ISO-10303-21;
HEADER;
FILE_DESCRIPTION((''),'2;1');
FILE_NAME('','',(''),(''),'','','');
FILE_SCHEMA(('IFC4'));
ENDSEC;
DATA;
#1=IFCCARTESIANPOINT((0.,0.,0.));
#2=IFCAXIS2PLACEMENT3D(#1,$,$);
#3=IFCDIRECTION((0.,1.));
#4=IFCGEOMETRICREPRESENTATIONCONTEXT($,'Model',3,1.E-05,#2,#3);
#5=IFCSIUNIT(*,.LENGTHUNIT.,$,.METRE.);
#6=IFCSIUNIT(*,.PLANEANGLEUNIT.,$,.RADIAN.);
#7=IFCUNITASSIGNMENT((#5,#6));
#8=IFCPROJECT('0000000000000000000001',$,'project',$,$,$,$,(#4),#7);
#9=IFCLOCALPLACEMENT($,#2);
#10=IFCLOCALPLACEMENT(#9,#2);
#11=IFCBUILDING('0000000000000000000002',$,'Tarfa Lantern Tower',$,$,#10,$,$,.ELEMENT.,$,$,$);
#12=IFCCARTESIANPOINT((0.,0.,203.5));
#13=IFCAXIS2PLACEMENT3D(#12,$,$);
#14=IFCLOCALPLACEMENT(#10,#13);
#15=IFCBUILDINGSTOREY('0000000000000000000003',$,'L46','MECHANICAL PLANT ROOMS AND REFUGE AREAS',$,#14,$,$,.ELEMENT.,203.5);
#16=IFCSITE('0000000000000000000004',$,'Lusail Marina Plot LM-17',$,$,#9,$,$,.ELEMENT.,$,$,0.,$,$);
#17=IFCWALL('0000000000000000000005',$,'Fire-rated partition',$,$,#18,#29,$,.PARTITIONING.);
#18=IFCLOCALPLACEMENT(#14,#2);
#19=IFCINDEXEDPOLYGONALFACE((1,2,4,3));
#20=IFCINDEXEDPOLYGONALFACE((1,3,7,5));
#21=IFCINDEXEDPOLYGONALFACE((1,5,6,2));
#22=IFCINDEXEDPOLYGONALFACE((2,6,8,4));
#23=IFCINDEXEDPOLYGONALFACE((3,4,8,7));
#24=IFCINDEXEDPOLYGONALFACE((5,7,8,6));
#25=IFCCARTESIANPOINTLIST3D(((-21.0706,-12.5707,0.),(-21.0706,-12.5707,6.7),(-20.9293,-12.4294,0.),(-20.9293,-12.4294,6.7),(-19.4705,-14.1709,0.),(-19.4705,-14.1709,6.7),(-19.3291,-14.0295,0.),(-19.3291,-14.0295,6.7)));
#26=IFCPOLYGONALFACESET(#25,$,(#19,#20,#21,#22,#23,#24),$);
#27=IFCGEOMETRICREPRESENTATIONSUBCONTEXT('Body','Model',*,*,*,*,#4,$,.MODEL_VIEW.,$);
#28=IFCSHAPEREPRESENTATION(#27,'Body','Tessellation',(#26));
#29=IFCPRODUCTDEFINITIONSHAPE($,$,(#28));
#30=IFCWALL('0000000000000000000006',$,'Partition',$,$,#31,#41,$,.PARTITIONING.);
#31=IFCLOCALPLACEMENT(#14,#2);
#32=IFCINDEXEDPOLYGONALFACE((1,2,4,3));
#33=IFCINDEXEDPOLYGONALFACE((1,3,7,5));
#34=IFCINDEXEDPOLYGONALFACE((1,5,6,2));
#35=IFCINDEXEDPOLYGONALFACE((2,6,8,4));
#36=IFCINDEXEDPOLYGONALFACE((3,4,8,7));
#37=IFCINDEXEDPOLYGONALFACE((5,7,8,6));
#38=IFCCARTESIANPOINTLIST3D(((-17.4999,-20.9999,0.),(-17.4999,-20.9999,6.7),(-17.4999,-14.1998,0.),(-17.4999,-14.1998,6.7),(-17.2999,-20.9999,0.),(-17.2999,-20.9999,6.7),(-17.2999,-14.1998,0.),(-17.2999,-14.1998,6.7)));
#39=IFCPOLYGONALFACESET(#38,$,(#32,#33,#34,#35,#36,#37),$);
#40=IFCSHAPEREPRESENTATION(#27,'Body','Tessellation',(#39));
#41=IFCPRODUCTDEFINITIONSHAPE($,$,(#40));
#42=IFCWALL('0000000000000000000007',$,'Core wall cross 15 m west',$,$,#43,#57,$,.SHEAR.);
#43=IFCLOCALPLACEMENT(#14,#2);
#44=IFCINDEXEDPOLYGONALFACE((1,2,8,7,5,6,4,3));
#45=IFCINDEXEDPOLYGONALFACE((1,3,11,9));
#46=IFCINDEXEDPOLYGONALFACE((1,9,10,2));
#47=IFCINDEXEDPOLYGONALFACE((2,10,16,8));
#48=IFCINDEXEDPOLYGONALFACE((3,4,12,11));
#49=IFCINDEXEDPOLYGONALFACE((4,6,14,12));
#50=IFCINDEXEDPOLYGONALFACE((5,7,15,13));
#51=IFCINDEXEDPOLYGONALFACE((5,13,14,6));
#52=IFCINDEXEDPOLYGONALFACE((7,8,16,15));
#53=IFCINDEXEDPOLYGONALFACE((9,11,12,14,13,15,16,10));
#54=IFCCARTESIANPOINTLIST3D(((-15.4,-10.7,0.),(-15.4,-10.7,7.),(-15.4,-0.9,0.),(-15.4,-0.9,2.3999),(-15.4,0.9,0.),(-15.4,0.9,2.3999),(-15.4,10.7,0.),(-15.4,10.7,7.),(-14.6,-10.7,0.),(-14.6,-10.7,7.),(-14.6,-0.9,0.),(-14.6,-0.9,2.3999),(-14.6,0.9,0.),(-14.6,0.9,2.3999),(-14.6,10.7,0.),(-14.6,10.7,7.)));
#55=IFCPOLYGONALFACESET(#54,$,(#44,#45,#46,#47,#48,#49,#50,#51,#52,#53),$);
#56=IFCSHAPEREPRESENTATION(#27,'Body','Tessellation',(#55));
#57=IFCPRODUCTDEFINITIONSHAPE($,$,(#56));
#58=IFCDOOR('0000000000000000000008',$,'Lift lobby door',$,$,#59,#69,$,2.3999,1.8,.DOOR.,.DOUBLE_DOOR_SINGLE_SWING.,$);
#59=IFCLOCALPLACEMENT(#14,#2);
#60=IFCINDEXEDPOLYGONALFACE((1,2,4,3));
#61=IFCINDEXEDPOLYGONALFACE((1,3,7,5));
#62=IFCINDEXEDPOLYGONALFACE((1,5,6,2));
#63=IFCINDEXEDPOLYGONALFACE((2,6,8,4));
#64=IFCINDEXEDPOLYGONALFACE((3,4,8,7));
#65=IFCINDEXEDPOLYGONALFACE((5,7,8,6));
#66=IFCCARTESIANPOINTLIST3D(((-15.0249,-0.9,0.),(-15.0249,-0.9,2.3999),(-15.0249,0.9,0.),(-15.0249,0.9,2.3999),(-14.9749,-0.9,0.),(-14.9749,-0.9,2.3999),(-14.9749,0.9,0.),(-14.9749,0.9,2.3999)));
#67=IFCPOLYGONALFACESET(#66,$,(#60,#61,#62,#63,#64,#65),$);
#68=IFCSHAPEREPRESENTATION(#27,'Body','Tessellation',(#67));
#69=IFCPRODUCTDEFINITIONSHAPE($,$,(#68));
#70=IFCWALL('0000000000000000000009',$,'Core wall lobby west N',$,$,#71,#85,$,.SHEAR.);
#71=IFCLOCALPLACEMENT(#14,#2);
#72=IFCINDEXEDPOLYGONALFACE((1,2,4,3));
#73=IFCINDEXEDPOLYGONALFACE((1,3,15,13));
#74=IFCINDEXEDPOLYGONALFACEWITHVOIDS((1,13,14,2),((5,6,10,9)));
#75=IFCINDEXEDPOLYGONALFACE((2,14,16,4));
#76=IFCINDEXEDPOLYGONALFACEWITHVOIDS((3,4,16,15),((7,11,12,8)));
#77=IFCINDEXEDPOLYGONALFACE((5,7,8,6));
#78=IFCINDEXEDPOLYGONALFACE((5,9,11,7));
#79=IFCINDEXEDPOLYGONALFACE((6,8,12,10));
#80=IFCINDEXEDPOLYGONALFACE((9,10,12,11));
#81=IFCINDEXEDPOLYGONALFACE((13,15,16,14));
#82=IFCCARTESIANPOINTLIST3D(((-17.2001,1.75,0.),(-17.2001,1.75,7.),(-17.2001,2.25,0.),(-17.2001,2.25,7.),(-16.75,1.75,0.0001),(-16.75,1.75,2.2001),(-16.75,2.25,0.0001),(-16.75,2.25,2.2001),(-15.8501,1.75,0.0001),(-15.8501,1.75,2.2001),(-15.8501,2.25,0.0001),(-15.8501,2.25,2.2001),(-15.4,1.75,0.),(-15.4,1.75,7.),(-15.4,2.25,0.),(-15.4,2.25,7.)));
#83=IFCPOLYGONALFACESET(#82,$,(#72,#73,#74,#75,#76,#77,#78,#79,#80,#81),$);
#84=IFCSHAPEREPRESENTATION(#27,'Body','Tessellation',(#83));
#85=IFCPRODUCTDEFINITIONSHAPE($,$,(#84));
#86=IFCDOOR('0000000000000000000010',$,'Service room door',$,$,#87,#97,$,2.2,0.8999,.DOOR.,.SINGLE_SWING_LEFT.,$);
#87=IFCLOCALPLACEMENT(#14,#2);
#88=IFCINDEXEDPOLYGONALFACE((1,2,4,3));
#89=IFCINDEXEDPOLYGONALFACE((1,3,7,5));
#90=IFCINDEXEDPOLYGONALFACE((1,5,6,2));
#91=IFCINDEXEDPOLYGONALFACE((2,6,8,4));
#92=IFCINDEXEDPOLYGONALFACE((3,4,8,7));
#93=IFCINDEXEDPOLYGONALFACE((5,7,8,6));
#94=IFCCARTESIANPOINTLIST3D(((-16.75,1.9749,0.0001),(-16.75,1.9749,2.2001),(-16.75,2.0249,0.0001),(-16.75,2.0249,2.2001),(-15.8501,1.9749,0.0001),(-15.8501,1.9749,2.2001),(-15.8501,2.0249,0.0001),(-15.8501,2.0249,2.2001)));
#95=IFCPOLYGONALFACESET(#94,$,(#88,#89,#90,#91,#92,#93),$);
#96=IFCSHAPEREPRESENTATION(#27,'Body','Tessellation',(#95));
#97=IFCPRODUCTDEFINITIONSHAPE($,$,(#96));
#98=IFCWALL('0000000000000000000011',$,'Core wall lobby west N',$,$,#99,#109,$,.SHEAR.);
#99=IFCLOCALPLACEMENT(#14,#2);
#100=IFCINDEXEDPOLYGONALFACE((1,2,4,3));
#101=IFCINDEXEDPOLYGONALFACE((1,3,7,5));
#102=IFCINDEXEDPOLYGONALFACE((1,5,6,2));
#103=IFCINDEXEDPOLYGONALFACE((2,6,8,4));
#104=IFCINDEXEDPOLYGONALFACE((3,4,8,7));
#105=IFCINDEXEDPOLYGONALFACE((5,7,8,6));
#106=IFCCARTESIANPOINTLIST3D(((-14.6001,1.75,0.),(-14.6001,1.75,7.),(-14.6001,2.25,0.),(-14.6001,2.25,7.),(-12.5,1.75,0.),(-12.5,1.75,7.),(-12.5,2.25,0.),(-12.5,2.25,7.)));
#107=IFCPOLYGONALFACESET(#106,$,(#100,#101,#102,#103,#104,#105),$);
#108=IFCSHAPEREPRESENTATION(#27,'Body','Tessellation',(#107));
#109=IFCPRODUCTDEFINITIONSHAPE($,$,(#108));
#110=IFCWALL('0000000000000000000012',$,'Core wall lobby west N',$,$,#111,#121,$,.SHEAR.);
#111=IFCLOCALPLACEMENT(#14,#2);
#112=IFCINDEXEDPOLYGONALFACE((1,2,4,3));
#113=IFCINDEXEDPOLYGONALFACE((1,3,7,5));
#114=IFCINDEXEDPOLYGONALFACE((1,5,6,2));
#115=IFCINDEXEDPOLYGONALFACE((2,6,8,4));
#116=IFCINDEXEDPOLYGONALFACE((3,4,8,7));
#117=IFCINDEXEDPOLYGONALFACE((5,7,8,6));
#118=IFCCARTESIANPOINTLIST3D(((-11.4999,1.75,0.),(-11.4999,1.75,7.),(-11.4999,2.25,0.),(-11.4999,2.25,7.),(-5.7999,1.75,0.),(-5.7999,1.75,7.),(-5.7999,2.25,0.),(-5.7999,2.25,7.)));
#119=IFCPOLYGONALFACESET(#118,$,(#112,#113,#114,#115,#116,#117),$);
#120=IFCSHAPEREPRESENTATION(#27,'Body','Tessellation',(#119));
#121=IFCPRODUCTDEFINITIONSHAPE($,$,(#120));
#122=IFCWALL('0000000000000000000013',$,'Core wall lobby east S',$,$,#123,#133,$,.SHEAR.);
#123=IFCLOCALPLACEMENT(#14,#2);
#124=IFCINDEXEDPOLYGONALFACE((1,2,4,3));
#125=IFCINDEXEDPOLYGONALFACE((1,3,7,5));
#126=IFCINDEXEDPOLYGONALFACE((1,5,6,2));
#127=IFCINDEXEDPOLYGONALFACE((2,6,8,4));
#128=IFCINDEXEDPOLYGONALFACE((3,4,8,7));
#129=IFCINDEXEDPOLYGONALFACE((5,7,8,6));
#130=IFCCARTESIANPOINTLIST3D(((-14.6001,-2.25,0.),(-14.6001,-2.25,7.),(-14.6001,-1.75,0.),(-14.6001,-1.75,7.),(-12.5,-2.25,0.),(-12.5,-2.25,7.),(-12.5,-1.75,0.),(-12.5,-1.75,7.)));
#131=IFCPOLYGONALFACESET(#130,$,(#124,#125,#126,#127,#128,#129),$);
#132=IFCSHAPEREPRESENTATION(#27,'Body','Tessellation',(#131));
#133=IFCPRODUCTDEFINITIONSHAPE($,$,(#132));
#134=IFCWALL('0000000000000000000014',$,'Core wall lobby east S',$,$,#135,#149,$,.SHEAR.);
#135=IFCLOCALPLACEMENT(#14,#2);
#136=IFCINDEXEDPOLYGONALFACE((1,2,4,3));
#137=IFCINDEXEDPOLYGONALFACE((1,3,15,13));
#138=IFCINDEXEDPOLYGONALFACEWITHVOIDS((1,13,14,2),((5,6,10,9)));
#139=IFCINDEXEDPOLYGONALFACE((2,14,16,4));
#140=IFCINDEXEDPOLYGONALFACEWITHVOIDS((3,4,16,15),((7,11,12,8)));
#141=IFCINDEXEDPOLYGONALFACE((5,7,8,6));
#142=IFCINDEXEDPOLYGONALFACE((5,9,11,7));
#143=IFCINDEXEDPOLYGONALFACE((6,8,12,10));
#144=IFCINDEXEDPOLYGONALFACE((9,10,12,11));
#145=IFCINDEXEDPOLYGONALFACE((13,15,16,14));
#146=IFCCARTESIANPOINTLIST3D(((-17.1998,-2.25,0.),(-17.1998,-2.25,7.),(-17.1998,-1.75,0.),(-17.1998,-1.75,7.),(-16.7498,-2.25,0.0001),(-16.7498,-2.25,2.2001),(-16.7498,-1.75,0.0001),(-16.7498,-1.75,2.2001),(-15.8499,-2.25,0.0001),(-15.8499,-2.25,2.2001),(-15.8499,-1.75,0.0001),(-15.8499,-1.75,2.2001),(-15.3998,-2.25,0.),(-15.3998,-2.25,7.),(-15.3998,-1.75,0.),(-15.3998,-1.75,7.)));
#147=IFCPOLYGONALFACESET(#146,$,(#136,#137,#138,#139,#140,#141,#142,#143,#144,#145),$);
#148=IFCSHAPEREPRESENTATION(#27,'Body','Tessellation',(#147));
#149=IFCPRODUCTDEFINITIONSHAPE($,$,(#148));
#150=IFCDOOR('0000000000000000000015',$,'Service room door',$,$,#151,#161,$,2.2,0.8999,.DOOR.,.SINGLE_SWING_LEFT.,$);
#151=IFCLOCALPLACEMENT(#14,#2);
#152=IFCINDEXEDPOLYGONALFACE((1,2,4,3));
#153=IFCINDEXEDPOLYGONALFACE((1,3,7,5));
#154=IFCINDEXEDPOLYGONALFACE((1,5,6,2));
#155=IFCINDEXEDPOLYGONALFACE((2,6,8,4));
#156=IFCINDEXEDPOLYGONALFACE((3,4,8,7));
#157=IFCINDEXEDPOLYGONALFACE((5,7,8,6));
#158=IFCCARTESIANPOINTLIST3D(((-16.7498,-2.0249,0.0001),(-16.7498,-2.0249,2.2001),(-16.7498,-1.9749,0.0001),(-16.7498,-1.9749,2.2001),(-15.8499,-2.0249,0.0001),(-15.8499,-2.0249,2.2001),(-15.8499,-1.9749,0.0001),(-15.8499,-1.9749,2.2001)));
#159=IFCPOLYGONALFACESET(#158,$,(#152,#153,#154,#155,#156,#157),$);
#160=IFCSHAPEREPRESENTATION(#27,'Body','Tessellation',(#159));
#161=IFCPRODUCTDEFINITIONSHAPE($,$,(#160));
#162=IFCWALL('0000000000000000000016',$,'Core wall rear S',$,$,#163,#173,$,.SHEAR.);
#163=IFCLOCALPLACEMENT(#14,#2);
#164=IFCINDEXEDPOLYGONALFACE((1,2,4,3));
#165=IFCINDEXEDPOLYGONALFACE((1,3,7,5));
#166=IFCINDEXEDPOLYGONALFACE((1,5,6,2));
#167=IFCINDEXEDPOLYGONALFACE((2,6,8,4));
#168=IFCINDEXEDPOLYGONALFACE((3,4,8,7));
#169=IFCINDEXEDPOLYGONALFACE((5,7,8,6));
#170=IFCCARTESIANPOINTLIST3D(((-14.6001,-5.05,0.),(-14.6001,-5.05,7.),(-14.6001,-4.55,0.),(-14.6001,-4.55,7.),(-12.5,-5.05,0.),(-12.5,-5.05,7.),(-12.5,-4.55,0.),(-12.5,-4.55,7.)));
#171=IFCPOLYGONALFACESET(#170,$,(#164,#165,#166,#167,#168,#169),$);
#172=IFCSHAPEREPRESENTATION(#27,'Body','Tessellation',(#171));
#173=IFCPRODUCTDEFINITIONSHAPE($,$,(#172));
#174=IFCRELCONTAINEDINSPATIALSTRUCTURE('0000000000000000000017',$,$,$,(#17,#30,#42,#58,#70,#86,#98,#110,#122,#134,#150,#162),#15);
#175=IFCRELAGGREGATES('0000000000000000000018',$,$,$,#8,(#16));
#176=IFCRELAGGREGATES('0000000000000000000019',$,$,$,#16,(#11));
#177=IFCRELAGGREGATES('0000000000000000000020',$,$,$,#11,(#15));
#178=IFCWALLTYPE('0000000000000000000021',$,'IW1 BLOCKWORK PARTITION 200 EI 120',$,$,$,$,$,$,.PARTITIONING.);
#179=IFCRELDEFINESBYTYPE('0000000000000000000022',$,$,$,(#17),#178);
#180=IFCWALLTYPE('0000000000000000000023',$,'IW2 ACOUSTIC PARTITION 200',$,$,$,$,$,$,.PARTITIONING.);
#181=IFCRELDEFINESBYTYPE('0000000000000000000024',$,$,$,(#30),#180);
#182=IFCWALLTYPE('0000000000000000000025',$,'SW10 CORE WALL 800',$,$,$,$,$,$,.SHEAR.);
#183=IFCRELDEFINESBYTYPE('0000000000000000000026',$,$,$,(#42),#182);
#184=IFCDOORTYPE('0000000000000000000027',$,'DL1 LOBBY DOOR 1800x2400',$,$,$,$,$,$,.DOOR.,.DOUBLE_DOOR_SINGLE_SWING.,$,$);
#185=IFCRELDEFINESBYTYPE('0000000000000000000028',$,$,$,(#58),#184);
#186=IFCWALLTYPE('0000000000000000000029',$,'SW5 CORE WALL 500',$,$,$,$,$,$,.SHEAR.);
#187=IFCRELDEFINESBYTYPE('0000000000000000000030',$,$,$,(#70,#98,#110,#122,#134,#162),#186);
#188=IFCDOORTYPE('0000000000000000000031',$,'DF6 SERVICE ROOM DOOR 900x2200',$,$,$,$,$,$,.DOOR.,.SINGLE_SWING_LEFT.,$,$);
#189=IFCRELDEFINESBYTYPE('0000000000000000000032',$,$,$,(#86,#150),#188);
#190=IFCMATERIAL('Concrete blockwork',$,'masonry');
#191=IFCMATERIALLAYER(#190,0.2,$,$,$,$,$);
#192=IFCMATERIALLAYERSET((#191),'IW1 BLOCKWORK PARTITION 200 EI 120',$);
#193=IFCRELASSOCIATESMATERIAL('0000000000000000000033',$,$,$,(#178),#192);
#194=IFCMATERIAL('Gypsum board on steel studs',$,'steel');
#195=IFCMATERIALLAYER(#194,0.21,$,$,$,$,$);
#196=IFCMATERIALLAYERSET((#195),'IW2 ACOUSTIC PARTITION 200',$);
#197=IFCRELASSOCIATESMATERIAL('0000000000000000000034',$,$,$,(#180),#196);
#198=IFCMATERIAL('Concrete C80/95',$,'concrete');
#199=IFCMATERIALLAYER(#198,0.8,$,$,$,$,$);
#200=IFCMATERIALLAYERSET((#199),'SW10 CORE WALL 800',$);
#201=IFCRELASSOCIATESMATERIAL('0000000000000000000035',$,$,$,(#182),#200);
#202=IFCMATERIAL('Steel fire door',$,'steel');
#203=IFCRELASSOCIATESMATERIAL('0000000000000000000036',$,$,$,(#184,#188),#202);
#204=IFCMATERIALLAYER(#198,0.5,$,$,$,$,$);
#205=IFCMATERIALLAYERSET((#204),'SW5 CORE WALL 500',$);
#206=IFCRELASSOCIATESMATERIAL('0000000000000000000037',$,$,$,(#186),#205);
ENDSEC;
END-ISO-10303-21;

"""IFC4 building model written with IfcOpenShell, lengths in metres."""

from ifc_helpers import new_model, si_unit, direction, frame, frame_2d, origin, place, context, subcontext, project, spatial, rectangle, extrude, material, layer, layer_set, type_object, element, fill, save


model = new_model("IFC4")

# Units and contexts
model_context = context("Model", 3, precision=1e-05, world=origin(), true_north=direction((0.0, 1.0)))
body_context = subcontext(model_context, "Body", "Model", "MODEL_VIEW")
ifc_project = project(units=[si_unit("LENGTHUNIT", "METRE"), si_unit("PLANEANGLEUNIT", "RADIAN")], contexts=[model_context])

# Site, building, storey
site_placement = place(None, origin())
site = spatial("IfcSite", under=ifc_project, at=site_placement, Name="Lusail Marina Plot LM-17", CompositionType="ELEMENT", RefElevation=0.0)
building_placement = place(site_placement, origin())
building = spatial("IfcBuilding", under=site, at=building_placement, Name="Tarfa Lantern Tower", CompositionType="ELEMENT")
storey_placement = place(building_placement, frame((0.0, 0.0, 203.5)))
storey = spatial("IfcBuildingStorey", under=building, at=storey_placement, Name="L46", Description="MECHANICAL PLANT ROOMS AND REFUGE AREAS", CompositionType="ELEMENT", Elevation=203.5)

# Shared definitions
ifc_material_1 = material(Name="Concrete C80/95", Category="concrete")

# Walls
ifc_material_2 = material(Name="Concrete blockwork", Category="masonry")
ifc_layer_1 = layer(ifc_material_2, 0.2)
ifc_layer_set_1 = layer_set([ifc_layer_1], Name="IW1 BLOCKWORK PARTITION 200 EI 120")
wall_type_1 = type_object("IfcWallType", Name="IW1 BLOCKWORK PARTITION 200 EI 120", PredefinedType="PARTITIONING", material=ifc_layer_set_1)
wall_1_placement = place(storey_placement, frame((-19.3999, -14.1001, 0.0), z_axis=(0.0, 0.0, 1.0), x_axis=(-0.707107, 0.707107, 0.0)))
element("IfcWall", 1, at=wall_1_placement, inside=storey, type_object=wall_type_1, Name="Fire-rated partition", PredefinedType="PARTITIONING", context=body_context, shape_type="SweptSolid", body=[
    extrude(rectangle(XDim=2.2629, YDim=0.2, at=frame_2d((1.1313, 0.0))), origin(), (0.0, 0.0, 1.0), 6.7),
])
ifc_material_3 = material(Name="Gypsum board on steel studs", Category="steel")
ifc_layer_2 = layer(ifc_material_3, 0.21)
ifc_layer_set_2 = layer_set([ifc_layer_2], Name="IW2 ACOUSTIC PARTITION 200")
wall_type_2 = type_object("IfcWallType", Name="IW2 ACOUSTIC PARTITION 200", PredefinedType="PARTITIONING", material=ifc_layer_set_2)
wall_2_placement = place(storey_placement, frame((-17.3999, -14.2, 0.0), z_axis=(0.0, 0.0, 1.0), x_axis=(0.0, -1.0, 0.0)))
element("IfcWall", 2, at=wall_2_placement, inside=storey, type_object=wall_type_2, Name="Partition", PredefinedType="PARTITIONING", context=body_context, shape_type="SweptSolid", body=[
    extrude(rectangle(XDim=6.8, YDim=0.2, at=frame_2d((3.3999, 0.0))), origin(), (0.0, 0.0, 1.0), 6.7),
])

# Walls, openings, doors
ifc_layer_3 = layer(ifc_material_1, 0.8)
ifc_layer_set_3 = layer_set([ifc_layer_3], Name="SW10 CORE WALL 800")
wall_type_3 = type_object("IfcWallType", Name="SW10 CORE WALL 800", PredefinedType="SHEAR", material=ifc_layer_set_3)
wall_3_placement = place(storey_placement, frame((-15.0, -10.7, 0.0), z_axis=(0.0, 0.0, 1.0), x_axis=(0.0, 1.0, 0.0)))
wall_3 = element("IfcWall", 3, at=wall_3_placement, inside=storey, type_object=wall_type_3, Name="Core wall cross 15 m west", PredefinedType="SHEAR", context=body_context, shape_type="SweptSolid", body=[
    extrude(rectangle(XDim=21.3999, YDim=0.8, at=frame_2d((10.7, 0.0))), origin(), (0.0, 0.0, 1.0), 7.0),
])
opening_1_placement = place(wall_3_placement, frame((9.8, 0.0, 0.0)))
opening_1 = element("IfcOpeningElement", 4, at=opening_1_placement, cuts=wall_3, PredefinedType="OPENING", context=body_context, shape_type="SweptSolid", body=[
    extrude(rectangle(XDim=1.8, YDim=2.3999, at=frame_2d((0.8999, 1.2))), frame((0.0, 0.4099, 0.0), z_axis=(0.0, -1.0, 0.0), x_axis=(1.0, 0.0, 0.0)), (0.0, 0.0, 1.0), 0.8201),
])
ifc_material_4 = material(Name="Steel fire door", Category="steel")
door_type_1 = type_object("IfcDoorType", Name="DL1 LOBBY DOOR 1800x2400", OperationType="DOUBLE_DOOR_SINGLE_SWING", PredefinedType="DOOR", material=ifc_material_4)
door_1_placement = place(opening_1_placement, origin())
door_1 = element("IfcDoor", 5, at=door_1_placement, inside=storey, type_object=door_type_1, Name="Lift lobby door", OperationType="DOUBLE_DOOR_SINGLE_SWING", OverallHeight=2.3999, OverallWidth=1.8, PredefinedType="DOOR", context=body_context, shape_type="SweptSolid", body=[
    extrude(rectangle(XDim=1.8, YDim=2.3999, at=frame_2d((0.8999, 1.2))), frame((0.0, 0.0249, 0.0), z_axis=(0.0, -1.0, 0.0), x_axis=(1.0, 0.0, 0.0)), (0.0, 0.0, 1.0), 0.05),
])
fill(opening_1, door_1)
ifc_layer_4 = layer(ifc_material_1, 0.5)
ifc_layer_set_4 = layer_set([ifc_layer_4], Name="SW5 CORE WALL 500")
wall_type_4 = type_object("IfcWallType", Name="SW5 CORE WALL 500", PredefinedType="SHEAR", material=ifc_layer_set_4)
wall_4_placement = place(storey_placement, frame((-17.2, 2.0, 0.0), z_axis=(0.0, 0.0, 1.0), x_axis=(1.0, 0.0, 0.0)))
wall_4 = element("IfcWall", 6, at=wall_4_placement, inside=storey, type_object=wall_type_4, Name="Core wall lobby west N", PredefinedType="SHEAR", context=body_context, shape_type="SweptSolid", body=[
    extrude(rectangle(XDim=1.8, YDim=0.5, at=frame_2d((0.8999, 0.0))), origin(), (0.0, 0.0, 1.0), 7.0),
])
opening_2_placement = place(wall_4_placement, frame((0.45, 0.0, 0.0)))
opening_2 = element("IfcOpeningElement", 7, at=opening_2_placement, cuts=wall_4, PredefinedType="OPENING", context=body_context, shape_type="SweptSolid", body=[
    extrude(rectangle(XDim=0.8999, YDim=2.2, at=frame_2d((0.45, 1.1001))), frame((0.0, 0.26, 0.0), z_axis=(0.0, -1.0, 0.0), x_axis=(1.0, 0.0, 0.0)), (0.0, 0.0, 1.0), 0.52),
])
door_type_2 = type_object("IfcDoorType", Name="DF6 SERVICE ROOM DOOR 900x2200", OperationType="SINGLE_SWING_LEFT", PredefinedType="DOOR", material=ifc_material_4)
door_2_placement = place(opening_2_placement, origin())
door_2 = element("IfcDoor", 8, at=door_2_placement, inside=storey, type_object=door_type_2, Name="Service room door", OperationType="SINGLE_SWING_LEFT", OverallHeight=2.2, OverallWidth=0.8999, PredefinedType="DOOR", context=body_context, shape_type="SweptSolid", body=[
    extrude(rectangle(XDim=0.8999, YDim=2.2, at=frame_2d((0.45, 1.1001))), frame((0.0, 0.0249, 0.0), z_axis=(0.0, -1.0, 0.0), x_axis=(1.0, 0.0, 0.0)), (0.0, 0.0, 1.0), 0.05),
])
fill(opening_2, door_2)

# Walls
wall_5_placement = place(storey_placement, frame((-14.6001, 2.0, 0.0), z_axis=(0.0, 0.0, 1.0), x_axis=(1.0, 0.0, 0.0)))
element("IfcWall", 9, at=wall_5_placement, inside=storey, type_object=wall_type_4, Name="Core wall lobby west N", PredefinedType="SHEAR", context=body_context, shape_type="SweptSolid", body=[
    extrude(rectangle(XDim=2.1001, YDim=0.5, at=frame_2d((1.05, 0.0))), origin(), (0.0, 0.0, 1.0), 7.0),
])
wall_6_placement = place(storey_placement, frame((-11.5, 2.0, 0.0), z_axis=(0.0, 0.0, 1.0), x_axis=(1.0, 0.0, 0.0)))
element("IfcWall", 10, at=wall_6_placement, inside=storey, type_object=wall_type_4, Name="Core wall lobby west N", PredefinedType="SHEAR", context=body_context, shape_type="SweptSolid", body=[
    extrude(rectangle(XDim=5.7, YDim=0.5, at=frame_2d((2.8501, 0.0))), origin(), (0.0, 0.0, 1.0), 7.0),
])
wall_7_placement = place(storey_placement, frame((-12.5, -2.0, 0.0), z_axis=(0.0, 0.0, 1.0), x_axis=(-1.0, 0.0, 0.0)))
element("IfcWall", 11, at=wall_7_placement, inside=storey, type_object=wall_type_4, Name="Core wall lobby east S", PredefinedType="SHEAR", context=body_context, shape_type="SweptSolid", body=[
    extrude(rectangle(XDim=2.1001, YDim=0.5, at=frame_2d((1.05, 0.0))), origin(), (0.0, 0.0, 1.0), 7.0),
])

# Wall, opening, door
wall_8_placement = place(storey_placement, frame((-15.3999, -2.0, 0.0), z_axis=(0.0, 0.0, 1.0), x_axis=(-1.0, 0.0, 0.0)))
wall_8 = element("IfcWall", 12, at=wall_8_placement, inside=storey, type_object=wall_type_4, Name="Core wall lobby east S", PredefinedType="SHEAR", context=body_context, shape_type="SweptSolid", body=[
    extrude(rectangle(XDim=1.8, YDim=0.5, at=frame_2d((0.8999, 0.0))), origin(), (0.0, 0.0, 1.0), 7.0),
])
opening_3_placement = place(wall_8_placement, frame((0.45, 0.0, 0.0)))
opening_3 = element("IfcOpeningElement", 13, at=opening_3_placement, cuts=wall_8, PredefinedType="OPENING", context=body_context, shape_type="SweptSolid", body=[
    extrude(rectangle(XDim=0.8999, YDim=2.2, at=frame_2d((0.45, 1.1001))), frame((0.0, 0.26, 0.0), z_axis=(0.0, -1.0, 0.0), x_axis=(1.0, 0.0, 0.0)), (0.0, 0.0, 1.0), 0.52),
])
door_3_placement = place(opening_3_placement, origin())
door_3 = element("IfcDoor", 14, at=door_3_placement, inside=storey, type_object=door_type_2, Name="Service room door", OperationType="SINGLE_SWING_LEFT", OverallHeight=2.2, OverallWidth=0.8999, PredefinedType="DOOR", context=body_context, shape_type="SweptSolid", body=[
    extrude(rectangle(XDim=0.8999, YDim=2.2, at=frame_2d((0.45, 1.1001))), frame((0.0, 0.0249, 0.0), z_axis=(0.0, -1.0, 0.0), x_axis=(1.0, 0.0, 0.0)), (0.0, 0.0, 1.0), 0.05),
])
fill(opening_3, door_3)

# Wall
wall_9_placement = place(storey_placement, frame((-12.5, -4.8, 0.0), z_axis=(0.0, 0.0, 1.0), x_axis=(-1.0, 0.0, 0.0)))
element("IfcWall", 15, at=wall_9_placement, inside=storey, type_object=wall_type_4, Name="Core wall rear S", PredefinedType="SHEAR", context=body_context, shape_type="SweptSolid", body=[
    extrude(rectangle(XDim=2.1001, YDim=0.5, at=frame_2d((1.05, 0.0))), origin(), (0.0, 0.0, 1.0), 7.0),
])

save(model, "model.ifc")
